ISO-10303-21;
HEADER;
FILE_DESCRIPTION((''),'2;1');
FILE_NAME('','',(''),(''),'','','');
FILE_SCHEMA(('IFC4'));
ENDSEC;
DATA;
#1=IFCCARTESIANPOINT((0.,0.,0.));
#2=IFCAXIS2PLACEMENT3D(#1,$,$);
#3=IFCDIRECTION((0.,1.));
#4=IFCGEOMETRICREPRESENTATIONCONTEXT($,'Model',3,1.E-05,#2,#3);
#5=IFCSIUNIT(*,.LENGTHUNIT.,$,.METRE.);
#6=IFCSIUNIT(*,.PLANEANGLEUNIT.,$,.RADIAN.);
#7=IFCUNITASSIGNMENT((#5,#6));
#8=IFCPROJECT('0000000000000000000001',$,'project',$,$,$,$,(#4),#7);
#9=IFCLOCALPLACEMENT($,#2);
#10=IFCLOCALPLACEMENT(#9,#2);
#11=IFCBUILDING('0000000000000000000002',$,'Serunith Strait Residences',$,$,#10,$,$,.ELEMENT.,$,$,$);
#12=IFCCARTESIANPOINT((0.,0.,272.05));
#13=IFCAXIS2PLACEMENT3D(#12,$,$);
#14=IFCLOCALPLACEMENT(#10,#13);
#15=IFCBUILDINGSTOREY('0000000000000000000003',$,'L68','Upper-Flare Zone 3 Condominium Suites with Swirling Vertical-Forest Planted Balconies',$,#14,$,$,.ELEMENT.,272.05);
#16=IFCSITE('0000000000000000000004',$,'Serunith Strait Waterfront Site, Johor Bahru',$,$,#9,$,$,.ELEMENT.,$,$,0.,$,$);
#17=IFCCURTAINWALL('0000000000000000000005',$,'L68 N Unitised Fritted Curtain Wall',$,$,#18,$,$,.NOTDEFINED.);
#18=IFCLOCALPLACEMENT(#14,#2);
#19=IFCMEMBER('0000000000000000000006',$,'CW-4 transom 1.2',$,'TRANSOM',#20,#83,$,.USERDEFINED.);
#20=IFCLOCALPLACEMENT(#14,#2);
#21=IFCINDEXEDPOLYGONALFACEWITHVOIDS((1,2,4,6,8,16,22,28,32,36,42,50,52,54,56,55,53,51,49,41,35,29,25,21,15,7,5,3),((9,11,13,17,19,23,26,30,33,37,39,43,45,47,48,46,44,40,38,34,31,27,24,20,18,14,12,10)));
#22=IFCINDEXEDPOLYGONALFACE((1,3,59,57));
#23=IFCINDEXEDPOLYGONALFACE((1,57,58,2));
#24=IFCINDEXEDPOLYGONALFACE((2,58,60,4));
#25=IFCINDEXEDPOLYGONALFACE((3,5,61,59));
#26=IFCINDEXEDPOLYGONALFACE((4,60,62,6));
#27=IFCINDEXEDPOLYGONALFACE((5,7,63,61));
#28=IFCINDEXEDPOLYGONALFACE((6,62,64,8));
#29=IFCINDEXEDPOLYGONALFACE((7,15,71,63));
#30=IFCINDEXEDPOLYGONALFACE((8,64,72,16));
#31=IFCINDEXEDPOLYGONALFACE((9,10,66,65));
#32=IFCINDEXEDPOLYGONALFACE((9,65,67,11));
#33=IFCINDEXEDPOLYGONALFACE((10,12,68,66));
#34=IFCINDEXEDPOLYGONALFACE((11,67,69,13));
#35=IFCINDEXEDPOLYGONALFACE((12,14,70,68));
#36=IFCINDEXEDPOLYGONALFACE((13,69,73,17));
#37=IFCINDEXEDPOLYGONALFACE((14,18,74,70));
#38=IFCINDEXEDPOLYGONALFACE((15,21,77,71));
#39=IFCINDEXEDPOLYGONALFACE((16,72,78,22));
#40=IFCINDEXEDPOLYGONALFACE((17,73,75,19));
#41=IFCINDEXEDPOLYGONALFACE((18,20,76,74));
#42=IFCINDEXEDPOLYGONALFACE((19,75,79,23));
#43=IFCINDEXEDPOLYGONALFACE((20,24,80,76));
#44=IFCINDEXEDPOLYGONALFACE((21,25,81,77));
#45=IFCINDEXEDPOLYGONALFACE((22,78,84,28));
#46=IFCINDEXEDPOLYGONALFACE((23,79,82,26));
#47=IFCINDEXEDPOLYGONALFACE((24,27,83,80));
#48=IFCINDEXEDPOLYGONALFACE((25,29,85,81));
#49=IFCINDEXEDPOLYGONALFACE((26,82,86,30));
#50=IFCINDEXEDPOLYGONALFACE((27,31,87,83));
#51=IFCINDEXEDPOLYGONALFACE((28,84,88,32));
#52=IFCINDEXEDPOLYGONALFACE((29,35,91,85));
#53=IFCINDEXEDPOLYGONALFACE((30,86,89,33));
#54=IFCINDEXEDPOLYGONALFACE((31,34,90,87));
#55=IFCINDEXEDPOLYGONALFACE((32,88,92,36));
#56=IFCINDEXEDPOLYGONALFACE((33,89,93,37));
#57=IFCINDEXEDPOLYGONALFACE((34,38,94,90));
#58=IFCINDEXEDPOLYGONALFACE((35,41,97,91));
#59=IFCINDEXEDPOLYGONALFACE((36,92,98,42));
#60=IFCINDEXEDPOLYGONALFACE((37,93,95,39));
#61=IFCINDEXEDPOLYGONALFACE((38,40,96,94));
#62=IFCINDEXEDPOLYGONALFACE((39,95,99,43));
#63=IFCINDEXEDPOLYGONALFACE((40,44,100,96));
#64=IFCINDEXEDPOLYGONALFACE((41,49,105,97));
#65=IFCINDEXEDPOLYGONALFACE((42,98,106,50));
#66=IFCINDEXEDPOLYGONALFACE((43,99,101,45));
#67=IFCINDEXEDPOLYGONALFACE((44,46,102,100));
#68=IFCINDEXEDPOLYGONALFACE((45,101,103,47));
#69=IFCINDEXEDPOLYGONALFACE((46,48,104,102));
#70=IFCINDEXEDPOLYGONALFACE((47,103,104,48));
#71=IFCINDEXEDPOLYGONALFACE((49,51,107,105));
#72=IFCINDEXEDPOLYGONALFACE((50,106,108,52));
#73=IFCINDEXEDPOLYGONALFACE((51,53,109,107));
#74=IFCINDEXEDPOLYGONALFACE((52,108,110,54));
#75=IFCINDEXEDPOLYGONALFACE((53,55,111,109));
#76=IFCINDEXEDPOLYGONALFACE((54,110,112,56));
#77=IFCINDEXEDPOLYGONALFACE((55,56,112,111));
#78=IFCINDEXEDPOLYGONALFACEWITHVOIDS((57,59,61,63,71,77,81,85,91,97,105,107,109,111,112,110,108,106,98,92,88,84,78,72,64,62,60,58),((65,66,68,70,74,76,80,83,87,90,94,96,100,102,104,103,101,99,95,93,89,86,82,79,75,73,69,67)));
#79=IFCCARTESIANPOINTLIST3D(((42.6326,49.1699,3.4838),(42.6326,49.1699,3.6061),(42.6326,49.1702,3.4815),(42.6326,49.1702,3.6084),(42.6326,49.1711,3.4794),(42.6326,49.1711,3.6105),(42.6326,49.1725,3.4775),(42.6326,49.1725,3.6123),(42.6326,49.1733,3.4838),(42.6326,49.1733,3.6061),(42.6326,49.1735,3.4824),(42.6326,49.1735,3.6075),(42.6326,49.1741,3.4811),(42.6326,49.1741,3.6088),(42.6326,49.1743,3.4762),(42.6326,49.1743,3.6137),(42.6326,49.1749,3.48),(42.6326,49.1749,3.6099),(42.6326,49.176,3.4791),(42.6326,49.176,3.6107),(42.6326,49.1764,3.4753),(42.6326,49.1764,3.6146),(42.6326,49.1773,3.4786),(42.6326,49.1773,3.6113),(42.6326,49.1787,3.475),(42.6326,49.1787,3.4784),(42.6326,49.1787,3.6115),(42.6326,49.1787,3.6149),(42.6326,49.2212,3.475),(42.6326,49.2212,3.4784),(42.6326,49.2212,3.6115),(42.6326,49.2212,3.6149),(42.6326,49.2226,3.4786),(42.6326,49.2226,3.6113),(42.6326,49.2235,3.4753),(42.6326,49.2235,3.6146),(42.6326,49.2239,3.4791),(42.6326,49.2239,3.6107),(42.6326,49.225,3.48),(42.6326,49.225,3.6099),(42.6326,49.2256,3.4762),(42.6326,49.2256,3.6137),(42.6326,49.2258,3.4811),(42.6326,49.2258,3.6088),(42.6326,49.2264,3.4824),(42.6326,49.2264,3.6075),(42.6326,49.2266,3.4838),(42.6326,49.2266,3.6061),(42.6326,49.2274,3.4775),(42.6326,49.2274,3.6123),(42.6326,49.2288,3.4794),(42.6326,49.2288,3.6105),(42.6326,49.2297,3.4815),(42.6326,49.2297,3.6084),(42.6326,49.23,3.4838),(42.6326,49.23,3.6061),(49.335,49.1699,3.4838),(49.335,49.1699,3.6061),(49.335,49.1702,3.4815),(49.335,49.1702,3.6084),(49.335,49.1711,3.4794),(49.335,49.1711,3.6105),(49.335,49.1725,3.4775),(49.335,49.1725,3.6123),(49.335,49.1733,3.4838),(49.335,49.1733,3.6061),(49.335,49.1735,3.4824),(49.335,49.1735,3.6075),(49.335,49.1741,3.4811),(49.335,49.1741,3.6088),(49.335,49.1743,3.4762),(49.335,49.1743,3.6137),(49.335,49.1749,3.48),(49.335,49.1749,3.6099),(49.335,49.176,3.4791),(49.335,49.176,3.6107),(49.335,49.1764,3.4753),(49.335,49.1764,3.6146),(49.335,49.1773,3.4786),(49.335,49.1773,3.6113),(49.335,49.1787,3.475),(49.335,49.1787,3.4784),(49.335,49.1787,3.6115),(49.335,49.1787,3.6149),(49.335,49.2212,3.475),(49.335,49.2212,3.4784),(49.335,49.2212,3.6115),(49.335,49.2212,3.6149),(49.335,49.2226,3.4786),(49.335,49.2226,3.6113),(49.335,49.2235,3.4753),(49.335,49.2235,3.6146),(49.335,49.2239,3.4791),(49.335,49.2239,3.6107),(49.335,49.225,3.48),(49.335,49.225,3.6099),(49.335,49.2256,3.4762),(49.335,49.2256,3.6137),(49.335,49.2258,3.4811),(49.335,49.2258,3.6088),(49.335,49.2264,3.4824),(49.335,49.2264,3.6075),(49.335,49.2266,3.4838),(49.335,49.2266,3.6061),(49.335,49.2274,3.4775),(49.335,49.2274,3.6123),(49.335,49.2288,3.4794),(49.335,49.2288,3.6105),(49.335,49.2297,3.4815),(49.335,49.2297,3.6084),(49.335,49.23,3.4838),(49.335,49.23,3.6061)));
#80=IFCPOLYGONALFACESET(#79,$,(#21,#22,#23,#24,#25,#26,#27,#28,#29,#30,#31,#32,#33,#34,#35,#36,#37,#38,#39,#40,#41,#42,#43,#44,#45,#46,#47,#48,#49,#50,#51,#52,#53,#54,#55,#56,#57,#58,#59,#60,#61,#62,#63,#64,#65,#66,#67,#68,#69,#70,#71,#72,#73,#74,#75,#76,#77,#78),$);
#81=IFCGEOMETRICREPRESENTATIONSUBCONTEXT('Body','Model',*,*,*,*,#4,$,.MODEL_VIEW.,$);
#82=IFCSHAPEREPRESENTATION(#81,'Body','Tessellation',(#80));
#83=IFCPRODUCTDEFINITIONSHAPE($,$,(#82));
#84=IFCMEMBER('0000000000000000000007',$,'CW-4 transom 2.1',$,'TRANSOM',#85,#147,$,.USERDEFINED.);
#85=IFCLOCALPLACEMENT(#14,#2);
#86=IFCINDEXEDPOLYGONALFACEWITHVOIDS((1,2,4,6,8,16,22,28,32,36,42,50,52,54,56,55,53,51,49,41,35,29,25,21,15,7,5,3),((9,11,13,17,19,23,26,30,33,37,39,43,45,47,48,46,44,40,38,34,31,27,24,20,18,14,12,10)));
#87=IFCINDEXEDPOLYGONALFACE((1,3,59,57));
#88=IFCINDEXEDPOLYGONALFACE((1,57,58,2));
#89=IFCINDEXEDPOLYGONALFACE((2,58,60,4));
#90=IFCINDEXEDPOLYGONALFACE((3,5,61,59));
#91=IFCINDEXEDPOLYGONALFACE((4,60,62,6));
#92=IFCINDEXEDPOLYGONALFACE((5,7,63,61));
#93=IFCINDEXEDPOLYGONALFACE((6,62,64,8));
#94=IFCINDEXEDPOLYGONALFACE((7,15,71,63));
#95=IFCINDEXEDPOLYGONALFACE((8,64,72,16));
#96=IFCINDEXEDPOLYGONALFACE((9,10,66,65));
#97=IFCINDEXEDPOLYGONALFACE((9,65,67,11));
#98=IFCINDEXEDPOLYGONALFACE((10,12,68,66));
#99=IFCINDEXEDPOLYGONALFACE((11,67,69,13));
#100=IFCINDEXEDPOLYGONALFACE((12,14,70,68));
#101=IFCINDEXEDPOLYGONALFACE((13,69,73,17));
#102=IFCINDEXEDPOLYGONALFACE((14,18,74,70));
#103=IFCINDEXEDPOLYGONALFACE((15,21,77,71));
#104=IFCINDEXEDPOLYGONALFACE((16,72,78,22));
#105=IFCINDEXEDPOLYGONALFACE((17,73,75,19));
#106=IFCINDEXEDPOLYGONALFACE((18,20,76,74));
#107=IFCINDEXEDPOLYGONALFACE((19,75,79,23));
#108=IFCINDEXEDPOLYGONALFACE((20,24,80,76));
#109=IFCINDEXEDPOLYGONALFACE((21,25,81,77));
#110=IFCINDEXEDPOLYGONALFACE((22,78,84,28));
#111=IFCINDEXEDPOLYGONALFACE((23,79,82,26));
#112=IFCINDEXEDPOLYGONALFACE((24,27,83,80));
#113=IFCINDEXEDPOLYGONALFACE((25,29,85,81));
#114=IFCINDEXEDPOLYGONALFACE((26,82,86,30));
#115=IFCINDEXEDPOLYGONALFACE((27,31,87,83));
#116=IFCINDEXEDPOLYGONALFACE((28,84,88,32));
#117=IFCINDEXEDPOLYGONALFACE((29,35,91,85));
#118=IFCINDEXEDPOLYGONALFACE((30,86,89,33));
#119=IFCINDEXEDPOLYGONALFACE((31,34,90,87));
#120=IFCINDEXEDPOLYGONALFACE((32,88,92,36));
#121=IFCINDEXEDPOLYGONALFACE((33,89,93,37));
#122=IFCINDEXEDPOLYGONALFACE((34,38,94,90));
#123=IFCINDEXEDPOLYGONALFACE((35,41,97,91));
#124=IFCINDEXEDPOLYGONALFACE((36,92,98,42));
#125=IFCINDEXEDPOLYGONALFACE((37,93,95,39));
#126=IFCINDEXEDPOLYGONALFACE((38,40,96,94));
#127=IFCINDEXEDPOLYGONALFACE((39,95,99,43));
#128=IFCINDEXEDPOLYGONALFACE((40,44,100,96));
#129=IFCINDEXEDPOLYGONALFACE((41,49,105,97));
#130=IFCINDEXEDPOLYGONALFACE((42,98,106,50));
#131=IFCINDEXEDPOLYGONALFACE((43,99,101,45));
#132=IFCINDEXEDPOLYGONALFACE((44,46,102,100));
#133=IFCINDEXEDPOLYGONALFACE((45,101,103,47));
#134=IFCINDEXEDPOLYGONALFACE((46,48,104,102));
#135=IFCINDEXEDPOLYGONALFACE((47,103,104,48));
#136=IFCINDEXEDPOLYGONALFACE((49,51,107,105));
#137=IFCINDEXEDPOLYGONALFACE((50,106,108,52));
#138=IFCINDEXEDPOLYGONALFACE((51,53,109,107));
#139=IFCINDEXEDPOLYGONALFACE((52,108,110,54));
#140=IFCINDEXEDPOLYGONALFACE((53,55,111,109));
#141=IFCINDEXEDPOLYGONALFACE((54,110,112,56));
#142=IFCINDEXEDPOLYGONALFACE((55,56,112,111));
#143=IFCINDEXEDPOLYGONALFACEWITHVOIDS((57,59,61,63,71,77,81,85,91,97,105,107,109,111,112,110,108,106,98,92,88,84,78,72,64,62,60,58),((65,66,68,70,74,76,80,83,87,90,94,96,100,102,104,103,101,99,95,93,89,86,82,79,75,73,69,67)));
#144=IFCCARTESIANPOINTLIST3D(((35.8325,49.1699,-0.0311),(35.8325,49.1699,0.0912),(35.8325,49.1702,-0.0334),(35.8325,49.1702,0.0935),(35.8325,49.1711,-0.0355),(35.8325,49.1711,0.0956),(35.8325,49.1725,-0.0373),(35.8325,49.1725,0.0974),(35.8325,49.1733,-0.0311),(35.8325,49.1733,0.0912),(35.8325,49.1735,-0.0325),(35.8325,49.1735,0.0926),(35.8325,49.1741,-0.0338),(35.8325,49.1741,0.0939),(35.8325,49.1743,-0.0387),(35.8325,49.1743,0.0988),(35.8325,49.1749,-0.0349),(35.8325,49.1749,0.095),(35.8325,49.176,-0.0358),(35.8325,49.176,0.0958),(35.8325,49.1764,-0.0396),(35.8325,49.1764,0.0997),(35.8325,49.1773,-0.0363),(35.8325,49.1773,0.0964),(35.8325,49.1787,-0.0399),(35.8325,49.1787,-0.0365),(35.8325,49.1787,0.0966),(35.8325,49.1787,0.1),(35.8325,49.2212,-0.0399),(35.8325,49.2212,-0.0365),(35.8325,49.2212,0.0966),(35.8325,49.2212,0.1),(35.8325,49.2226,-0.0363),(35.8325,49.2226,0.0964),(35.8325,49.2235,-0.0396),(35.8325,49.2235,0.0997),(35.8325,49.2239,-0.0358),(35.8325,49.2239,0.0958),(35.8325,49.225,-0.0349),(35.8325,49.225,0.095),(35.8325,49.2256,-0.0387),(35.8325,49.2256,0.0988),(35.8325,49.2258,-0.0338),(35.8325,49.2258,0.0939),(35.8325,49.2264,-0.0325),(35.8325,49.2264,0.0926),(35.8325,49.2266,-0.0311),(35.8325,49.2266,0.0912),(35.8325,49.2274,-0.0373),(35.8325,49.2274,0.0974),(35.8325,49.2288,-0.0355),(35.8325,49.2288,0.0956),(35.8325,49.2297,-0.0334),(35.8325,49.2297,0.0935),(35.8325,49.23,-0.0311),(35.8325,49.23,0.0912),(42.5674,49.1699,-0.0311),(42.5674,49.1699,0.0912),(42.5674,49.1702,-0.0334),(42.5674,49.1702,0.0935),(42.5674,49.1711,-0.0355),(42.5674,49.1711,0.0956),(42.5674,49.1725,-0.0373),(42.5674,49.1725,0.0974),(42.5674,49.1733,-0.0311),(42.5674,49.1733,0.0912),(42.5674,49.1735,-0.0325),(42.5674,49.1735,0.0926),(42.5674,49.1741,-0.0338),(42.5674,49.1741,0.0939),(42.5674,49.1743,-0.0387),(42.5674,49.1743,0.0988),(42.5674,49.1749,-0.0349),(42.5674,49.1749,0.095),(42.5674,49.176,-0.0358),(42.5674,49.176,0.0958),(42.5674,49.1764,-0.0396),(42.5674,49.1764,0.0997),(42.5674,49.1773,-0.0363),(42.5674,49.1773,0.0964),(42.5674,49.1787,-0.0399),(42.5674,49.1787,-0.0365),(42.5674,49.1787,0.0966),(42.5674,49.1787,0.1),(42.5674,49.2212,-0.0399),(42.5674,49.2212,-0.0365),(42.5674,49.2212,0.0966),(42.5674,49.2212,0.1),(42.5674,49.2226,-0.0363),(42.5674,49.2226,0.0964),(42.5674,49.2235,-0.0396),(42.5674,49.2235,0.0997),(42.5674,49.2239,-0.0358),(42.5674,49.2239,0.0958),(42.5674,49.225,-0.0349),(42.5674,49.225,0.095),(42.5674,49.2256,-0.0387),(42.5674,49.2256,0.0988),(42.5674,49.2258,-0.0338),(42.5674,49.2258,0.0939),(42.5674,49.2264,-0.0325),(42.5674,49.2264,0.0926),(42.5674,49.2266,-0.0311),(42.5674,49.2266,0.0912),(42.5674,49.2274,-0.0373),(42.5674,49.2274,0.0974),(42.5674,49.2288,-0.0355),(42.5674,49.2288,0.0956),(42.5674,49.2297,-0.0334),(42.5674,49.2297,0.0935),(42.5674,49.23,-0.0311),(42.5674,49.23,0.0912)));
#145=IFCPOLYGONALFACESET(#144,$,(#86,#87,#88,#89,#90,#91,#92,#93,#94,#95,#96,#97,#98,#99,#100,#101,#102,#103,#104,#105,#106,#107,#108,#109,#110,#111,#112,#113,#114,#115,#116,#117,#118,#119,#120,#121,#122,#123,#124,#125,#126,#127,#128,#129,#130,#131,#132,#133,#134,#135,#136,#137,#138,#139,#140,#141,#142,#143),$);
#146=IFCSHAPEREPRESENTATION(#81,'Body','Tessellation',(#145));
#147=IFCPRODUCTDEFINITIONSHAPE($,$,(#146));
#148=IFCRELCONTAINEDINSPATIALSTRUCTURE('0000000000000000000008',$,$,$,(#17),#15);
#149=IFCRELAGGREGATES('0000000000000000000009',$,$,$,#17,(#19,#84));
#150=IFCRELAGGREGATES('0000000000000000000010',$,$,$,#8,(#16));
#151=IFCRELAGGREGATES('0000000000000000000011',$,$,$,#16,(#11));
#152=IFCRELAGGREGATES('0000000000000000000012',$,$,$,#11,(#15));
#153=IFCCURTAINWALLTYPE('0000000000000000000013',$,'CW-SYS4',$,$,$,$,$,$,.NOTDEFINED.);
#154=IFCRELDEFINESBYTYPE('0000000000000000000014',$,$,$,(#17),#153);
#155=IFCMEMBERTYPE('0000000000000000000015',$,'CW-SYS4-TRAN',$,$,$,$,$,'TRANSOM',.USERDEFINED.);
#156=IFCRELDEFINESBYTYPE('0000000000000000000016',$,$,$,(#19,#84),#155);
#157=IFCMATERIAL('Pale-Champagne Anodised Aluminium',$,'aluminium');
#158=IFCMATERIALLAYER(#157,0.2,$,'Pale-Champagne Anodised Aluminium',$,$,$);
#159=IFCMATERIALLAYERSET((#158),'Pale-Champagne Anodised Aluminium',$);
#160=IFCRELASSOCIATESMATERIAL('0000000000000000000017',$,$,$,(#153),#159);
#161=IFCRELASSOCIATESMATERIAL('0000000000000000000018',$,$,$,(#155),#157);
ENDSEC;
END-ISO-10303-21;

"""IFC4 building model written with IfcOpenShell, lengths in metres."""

from ifc_helpers import new_model, si_unit, direction, frame, origin, origin_2d, place, context, subcontext, project, spatial, hollow_rectangle, extrude, source, transform, mapped, material, layer, layer_set, material_profile, profile_set, type_object, element, aggregate, save


model = new_model("IFC4")

# Units and contexts
model_context = context("Model", 3, precision=1e-05, world=origin(), true_north=direction((0.0, 1.0)))
body_context = subcontext(model_context, "Body", "Model", "MODEL_VIEW")
ifc_project = project(units=[si_unit("LENGTHUNIT", "METRE"), si_unit("PLANEANGLEUNIT", "RADIAN")], contexts=[model_context])

# Site, building, storey
site_placement = place(None, origin())
site = spatial("IfcSite", under=ifc_project, at=site_placement, Name="Serunith Strait Waterfront Site, Johor Bahru", CompositionType="ELEMENT", RefElevation=0.0)
building_placement = place(site_placement, origin())
building = spatial("IfcBuilding", under=site, at=building_placement, Name="Serunith Strait Residences", CompositionType="ELEMENT")
storey_placement = place(building_placement, frame((0.0, 0.0, 272.05)))
storey = spatial("IfcBuildingStorey", under=building, at=storey_placement, Name="L68", Description="Upper-Flare Zone 3 Condominium Suites with Swirling Vertical-Forest Planted Balconies", CompositionType="ELEMENT", Elevation=272.05)

# Shared definitions
ifc_material_1 = material(Name="Pale-Champagne Anodised Aluminium", Category="aluminium")
ifc_layer_1 = layer(ifc_material_1, 0.2, Name="Pale-Champagne Anodised Aluminium")
ifc_layer_set_1 = layer_set([ifc_layer_1], Name="Pale-Champagne Anodised Aluminium")
curtain_wall_type = type_object("IfcCurtainWallType", Name="CW-SYS4", PredefinedType="NOTDEFINED", material=ifc_layer_set_1)

# Curtain wall, members
curtain_wall_1_placement = place(storey_placement, origin())
curtain_wall_1 = element("IfcCurtainWall", 1, at=curtain_wall_1_placement, inside=storey, type_object=curtain_wall_type, Name="L68 N Unitised Fritted Curtain Wall", PredefinedType="NOTDEFINED")
ifc_material_profile_1 = material_profile(ifc_material_1, hollow_rectangle(XDim=0.0601, YDim=0.1399, WallThickness=0.0034, InnerFilletRadius=0.0054, OuterFilletRadius=0.0088, at=origin_2d()), Name="ALU 140x60x3.5")
ifc_profile_set_1 = profile_set([ifc_material_profile_1], Name="Pale-Champagne Anodised Aluminium")
member_type_1 = type_object("IfcMemberType", Name="CW-SYS4-TRAN", ElementType="TRANSOM", PredefinedType="USERDEFINED", material=ifc_profile_set_1)
shared_shape_1 = source(origin(), body_context, "Body", "SweptSolid", [
    extrude(hollow_rectangle(XDim=0.0601, YDim=0.1399, WallThickness=0.0034, InnerFilletRadius=0.0054, OuterFilletRadius=0.0088, at=origin_2d()), origin(), (0.0, 0.0, 1.0), 6.7024),
])
member_1_placement = place(storey_placement, frame((49.335, 49.2, 3.5449), z_axis=(-1.0, 0.0, 0.0), x_axis=(0.0, -1.0, 0.0)))
member_1 = element("IfcMember", 2, at=member_1_placement, type_object=member_type_1, Name="CW-4 transom 1.2", ObjectType="TRANSOM", PredefinedType="USERDEFINED", context=body_context, shape_type="MappedRepresentation", body=[
    mapped(shared_shape_1, transform((0.0, 0.0, 0.0), scale=1.0)),
])
shared_shape_2 = source(origin(), body_context, "Body", "SweptSolid", [
    extrude(hollow_rectangle(XDim=0.0601, YDim=0.1399, WallThickness=0.0034, InnerFilletRadius=0.0054, OuterFilletRadius=0.0088, at=origin_2d()), origin(), (0.0, 0.0, 1.0), 6.7349),
])
member_2_placement = place(storey_placement, frame((42.5674, 49.2, 0.03), z_axis=(-1.0, 0.0, 0.0), x_axis=(0.0, -1.0, 0.0)))
member_2 = element("IfcMember", 3, at=member_2_placement, type_object=member_type_1, Name="CW-4 transom 2.1", ObjectType="TRANSOM", PredefinedType="USERDEFINED", context=body_context, shape_type="MappedRepresentation", body=[
    mapped(shared_shape_2, transform((0.0, 0.0, 0.0), scale=1.0)),
])
aggregate(curtain_wall_1, [member_1, member_2])

save(model, "model.ifc")
